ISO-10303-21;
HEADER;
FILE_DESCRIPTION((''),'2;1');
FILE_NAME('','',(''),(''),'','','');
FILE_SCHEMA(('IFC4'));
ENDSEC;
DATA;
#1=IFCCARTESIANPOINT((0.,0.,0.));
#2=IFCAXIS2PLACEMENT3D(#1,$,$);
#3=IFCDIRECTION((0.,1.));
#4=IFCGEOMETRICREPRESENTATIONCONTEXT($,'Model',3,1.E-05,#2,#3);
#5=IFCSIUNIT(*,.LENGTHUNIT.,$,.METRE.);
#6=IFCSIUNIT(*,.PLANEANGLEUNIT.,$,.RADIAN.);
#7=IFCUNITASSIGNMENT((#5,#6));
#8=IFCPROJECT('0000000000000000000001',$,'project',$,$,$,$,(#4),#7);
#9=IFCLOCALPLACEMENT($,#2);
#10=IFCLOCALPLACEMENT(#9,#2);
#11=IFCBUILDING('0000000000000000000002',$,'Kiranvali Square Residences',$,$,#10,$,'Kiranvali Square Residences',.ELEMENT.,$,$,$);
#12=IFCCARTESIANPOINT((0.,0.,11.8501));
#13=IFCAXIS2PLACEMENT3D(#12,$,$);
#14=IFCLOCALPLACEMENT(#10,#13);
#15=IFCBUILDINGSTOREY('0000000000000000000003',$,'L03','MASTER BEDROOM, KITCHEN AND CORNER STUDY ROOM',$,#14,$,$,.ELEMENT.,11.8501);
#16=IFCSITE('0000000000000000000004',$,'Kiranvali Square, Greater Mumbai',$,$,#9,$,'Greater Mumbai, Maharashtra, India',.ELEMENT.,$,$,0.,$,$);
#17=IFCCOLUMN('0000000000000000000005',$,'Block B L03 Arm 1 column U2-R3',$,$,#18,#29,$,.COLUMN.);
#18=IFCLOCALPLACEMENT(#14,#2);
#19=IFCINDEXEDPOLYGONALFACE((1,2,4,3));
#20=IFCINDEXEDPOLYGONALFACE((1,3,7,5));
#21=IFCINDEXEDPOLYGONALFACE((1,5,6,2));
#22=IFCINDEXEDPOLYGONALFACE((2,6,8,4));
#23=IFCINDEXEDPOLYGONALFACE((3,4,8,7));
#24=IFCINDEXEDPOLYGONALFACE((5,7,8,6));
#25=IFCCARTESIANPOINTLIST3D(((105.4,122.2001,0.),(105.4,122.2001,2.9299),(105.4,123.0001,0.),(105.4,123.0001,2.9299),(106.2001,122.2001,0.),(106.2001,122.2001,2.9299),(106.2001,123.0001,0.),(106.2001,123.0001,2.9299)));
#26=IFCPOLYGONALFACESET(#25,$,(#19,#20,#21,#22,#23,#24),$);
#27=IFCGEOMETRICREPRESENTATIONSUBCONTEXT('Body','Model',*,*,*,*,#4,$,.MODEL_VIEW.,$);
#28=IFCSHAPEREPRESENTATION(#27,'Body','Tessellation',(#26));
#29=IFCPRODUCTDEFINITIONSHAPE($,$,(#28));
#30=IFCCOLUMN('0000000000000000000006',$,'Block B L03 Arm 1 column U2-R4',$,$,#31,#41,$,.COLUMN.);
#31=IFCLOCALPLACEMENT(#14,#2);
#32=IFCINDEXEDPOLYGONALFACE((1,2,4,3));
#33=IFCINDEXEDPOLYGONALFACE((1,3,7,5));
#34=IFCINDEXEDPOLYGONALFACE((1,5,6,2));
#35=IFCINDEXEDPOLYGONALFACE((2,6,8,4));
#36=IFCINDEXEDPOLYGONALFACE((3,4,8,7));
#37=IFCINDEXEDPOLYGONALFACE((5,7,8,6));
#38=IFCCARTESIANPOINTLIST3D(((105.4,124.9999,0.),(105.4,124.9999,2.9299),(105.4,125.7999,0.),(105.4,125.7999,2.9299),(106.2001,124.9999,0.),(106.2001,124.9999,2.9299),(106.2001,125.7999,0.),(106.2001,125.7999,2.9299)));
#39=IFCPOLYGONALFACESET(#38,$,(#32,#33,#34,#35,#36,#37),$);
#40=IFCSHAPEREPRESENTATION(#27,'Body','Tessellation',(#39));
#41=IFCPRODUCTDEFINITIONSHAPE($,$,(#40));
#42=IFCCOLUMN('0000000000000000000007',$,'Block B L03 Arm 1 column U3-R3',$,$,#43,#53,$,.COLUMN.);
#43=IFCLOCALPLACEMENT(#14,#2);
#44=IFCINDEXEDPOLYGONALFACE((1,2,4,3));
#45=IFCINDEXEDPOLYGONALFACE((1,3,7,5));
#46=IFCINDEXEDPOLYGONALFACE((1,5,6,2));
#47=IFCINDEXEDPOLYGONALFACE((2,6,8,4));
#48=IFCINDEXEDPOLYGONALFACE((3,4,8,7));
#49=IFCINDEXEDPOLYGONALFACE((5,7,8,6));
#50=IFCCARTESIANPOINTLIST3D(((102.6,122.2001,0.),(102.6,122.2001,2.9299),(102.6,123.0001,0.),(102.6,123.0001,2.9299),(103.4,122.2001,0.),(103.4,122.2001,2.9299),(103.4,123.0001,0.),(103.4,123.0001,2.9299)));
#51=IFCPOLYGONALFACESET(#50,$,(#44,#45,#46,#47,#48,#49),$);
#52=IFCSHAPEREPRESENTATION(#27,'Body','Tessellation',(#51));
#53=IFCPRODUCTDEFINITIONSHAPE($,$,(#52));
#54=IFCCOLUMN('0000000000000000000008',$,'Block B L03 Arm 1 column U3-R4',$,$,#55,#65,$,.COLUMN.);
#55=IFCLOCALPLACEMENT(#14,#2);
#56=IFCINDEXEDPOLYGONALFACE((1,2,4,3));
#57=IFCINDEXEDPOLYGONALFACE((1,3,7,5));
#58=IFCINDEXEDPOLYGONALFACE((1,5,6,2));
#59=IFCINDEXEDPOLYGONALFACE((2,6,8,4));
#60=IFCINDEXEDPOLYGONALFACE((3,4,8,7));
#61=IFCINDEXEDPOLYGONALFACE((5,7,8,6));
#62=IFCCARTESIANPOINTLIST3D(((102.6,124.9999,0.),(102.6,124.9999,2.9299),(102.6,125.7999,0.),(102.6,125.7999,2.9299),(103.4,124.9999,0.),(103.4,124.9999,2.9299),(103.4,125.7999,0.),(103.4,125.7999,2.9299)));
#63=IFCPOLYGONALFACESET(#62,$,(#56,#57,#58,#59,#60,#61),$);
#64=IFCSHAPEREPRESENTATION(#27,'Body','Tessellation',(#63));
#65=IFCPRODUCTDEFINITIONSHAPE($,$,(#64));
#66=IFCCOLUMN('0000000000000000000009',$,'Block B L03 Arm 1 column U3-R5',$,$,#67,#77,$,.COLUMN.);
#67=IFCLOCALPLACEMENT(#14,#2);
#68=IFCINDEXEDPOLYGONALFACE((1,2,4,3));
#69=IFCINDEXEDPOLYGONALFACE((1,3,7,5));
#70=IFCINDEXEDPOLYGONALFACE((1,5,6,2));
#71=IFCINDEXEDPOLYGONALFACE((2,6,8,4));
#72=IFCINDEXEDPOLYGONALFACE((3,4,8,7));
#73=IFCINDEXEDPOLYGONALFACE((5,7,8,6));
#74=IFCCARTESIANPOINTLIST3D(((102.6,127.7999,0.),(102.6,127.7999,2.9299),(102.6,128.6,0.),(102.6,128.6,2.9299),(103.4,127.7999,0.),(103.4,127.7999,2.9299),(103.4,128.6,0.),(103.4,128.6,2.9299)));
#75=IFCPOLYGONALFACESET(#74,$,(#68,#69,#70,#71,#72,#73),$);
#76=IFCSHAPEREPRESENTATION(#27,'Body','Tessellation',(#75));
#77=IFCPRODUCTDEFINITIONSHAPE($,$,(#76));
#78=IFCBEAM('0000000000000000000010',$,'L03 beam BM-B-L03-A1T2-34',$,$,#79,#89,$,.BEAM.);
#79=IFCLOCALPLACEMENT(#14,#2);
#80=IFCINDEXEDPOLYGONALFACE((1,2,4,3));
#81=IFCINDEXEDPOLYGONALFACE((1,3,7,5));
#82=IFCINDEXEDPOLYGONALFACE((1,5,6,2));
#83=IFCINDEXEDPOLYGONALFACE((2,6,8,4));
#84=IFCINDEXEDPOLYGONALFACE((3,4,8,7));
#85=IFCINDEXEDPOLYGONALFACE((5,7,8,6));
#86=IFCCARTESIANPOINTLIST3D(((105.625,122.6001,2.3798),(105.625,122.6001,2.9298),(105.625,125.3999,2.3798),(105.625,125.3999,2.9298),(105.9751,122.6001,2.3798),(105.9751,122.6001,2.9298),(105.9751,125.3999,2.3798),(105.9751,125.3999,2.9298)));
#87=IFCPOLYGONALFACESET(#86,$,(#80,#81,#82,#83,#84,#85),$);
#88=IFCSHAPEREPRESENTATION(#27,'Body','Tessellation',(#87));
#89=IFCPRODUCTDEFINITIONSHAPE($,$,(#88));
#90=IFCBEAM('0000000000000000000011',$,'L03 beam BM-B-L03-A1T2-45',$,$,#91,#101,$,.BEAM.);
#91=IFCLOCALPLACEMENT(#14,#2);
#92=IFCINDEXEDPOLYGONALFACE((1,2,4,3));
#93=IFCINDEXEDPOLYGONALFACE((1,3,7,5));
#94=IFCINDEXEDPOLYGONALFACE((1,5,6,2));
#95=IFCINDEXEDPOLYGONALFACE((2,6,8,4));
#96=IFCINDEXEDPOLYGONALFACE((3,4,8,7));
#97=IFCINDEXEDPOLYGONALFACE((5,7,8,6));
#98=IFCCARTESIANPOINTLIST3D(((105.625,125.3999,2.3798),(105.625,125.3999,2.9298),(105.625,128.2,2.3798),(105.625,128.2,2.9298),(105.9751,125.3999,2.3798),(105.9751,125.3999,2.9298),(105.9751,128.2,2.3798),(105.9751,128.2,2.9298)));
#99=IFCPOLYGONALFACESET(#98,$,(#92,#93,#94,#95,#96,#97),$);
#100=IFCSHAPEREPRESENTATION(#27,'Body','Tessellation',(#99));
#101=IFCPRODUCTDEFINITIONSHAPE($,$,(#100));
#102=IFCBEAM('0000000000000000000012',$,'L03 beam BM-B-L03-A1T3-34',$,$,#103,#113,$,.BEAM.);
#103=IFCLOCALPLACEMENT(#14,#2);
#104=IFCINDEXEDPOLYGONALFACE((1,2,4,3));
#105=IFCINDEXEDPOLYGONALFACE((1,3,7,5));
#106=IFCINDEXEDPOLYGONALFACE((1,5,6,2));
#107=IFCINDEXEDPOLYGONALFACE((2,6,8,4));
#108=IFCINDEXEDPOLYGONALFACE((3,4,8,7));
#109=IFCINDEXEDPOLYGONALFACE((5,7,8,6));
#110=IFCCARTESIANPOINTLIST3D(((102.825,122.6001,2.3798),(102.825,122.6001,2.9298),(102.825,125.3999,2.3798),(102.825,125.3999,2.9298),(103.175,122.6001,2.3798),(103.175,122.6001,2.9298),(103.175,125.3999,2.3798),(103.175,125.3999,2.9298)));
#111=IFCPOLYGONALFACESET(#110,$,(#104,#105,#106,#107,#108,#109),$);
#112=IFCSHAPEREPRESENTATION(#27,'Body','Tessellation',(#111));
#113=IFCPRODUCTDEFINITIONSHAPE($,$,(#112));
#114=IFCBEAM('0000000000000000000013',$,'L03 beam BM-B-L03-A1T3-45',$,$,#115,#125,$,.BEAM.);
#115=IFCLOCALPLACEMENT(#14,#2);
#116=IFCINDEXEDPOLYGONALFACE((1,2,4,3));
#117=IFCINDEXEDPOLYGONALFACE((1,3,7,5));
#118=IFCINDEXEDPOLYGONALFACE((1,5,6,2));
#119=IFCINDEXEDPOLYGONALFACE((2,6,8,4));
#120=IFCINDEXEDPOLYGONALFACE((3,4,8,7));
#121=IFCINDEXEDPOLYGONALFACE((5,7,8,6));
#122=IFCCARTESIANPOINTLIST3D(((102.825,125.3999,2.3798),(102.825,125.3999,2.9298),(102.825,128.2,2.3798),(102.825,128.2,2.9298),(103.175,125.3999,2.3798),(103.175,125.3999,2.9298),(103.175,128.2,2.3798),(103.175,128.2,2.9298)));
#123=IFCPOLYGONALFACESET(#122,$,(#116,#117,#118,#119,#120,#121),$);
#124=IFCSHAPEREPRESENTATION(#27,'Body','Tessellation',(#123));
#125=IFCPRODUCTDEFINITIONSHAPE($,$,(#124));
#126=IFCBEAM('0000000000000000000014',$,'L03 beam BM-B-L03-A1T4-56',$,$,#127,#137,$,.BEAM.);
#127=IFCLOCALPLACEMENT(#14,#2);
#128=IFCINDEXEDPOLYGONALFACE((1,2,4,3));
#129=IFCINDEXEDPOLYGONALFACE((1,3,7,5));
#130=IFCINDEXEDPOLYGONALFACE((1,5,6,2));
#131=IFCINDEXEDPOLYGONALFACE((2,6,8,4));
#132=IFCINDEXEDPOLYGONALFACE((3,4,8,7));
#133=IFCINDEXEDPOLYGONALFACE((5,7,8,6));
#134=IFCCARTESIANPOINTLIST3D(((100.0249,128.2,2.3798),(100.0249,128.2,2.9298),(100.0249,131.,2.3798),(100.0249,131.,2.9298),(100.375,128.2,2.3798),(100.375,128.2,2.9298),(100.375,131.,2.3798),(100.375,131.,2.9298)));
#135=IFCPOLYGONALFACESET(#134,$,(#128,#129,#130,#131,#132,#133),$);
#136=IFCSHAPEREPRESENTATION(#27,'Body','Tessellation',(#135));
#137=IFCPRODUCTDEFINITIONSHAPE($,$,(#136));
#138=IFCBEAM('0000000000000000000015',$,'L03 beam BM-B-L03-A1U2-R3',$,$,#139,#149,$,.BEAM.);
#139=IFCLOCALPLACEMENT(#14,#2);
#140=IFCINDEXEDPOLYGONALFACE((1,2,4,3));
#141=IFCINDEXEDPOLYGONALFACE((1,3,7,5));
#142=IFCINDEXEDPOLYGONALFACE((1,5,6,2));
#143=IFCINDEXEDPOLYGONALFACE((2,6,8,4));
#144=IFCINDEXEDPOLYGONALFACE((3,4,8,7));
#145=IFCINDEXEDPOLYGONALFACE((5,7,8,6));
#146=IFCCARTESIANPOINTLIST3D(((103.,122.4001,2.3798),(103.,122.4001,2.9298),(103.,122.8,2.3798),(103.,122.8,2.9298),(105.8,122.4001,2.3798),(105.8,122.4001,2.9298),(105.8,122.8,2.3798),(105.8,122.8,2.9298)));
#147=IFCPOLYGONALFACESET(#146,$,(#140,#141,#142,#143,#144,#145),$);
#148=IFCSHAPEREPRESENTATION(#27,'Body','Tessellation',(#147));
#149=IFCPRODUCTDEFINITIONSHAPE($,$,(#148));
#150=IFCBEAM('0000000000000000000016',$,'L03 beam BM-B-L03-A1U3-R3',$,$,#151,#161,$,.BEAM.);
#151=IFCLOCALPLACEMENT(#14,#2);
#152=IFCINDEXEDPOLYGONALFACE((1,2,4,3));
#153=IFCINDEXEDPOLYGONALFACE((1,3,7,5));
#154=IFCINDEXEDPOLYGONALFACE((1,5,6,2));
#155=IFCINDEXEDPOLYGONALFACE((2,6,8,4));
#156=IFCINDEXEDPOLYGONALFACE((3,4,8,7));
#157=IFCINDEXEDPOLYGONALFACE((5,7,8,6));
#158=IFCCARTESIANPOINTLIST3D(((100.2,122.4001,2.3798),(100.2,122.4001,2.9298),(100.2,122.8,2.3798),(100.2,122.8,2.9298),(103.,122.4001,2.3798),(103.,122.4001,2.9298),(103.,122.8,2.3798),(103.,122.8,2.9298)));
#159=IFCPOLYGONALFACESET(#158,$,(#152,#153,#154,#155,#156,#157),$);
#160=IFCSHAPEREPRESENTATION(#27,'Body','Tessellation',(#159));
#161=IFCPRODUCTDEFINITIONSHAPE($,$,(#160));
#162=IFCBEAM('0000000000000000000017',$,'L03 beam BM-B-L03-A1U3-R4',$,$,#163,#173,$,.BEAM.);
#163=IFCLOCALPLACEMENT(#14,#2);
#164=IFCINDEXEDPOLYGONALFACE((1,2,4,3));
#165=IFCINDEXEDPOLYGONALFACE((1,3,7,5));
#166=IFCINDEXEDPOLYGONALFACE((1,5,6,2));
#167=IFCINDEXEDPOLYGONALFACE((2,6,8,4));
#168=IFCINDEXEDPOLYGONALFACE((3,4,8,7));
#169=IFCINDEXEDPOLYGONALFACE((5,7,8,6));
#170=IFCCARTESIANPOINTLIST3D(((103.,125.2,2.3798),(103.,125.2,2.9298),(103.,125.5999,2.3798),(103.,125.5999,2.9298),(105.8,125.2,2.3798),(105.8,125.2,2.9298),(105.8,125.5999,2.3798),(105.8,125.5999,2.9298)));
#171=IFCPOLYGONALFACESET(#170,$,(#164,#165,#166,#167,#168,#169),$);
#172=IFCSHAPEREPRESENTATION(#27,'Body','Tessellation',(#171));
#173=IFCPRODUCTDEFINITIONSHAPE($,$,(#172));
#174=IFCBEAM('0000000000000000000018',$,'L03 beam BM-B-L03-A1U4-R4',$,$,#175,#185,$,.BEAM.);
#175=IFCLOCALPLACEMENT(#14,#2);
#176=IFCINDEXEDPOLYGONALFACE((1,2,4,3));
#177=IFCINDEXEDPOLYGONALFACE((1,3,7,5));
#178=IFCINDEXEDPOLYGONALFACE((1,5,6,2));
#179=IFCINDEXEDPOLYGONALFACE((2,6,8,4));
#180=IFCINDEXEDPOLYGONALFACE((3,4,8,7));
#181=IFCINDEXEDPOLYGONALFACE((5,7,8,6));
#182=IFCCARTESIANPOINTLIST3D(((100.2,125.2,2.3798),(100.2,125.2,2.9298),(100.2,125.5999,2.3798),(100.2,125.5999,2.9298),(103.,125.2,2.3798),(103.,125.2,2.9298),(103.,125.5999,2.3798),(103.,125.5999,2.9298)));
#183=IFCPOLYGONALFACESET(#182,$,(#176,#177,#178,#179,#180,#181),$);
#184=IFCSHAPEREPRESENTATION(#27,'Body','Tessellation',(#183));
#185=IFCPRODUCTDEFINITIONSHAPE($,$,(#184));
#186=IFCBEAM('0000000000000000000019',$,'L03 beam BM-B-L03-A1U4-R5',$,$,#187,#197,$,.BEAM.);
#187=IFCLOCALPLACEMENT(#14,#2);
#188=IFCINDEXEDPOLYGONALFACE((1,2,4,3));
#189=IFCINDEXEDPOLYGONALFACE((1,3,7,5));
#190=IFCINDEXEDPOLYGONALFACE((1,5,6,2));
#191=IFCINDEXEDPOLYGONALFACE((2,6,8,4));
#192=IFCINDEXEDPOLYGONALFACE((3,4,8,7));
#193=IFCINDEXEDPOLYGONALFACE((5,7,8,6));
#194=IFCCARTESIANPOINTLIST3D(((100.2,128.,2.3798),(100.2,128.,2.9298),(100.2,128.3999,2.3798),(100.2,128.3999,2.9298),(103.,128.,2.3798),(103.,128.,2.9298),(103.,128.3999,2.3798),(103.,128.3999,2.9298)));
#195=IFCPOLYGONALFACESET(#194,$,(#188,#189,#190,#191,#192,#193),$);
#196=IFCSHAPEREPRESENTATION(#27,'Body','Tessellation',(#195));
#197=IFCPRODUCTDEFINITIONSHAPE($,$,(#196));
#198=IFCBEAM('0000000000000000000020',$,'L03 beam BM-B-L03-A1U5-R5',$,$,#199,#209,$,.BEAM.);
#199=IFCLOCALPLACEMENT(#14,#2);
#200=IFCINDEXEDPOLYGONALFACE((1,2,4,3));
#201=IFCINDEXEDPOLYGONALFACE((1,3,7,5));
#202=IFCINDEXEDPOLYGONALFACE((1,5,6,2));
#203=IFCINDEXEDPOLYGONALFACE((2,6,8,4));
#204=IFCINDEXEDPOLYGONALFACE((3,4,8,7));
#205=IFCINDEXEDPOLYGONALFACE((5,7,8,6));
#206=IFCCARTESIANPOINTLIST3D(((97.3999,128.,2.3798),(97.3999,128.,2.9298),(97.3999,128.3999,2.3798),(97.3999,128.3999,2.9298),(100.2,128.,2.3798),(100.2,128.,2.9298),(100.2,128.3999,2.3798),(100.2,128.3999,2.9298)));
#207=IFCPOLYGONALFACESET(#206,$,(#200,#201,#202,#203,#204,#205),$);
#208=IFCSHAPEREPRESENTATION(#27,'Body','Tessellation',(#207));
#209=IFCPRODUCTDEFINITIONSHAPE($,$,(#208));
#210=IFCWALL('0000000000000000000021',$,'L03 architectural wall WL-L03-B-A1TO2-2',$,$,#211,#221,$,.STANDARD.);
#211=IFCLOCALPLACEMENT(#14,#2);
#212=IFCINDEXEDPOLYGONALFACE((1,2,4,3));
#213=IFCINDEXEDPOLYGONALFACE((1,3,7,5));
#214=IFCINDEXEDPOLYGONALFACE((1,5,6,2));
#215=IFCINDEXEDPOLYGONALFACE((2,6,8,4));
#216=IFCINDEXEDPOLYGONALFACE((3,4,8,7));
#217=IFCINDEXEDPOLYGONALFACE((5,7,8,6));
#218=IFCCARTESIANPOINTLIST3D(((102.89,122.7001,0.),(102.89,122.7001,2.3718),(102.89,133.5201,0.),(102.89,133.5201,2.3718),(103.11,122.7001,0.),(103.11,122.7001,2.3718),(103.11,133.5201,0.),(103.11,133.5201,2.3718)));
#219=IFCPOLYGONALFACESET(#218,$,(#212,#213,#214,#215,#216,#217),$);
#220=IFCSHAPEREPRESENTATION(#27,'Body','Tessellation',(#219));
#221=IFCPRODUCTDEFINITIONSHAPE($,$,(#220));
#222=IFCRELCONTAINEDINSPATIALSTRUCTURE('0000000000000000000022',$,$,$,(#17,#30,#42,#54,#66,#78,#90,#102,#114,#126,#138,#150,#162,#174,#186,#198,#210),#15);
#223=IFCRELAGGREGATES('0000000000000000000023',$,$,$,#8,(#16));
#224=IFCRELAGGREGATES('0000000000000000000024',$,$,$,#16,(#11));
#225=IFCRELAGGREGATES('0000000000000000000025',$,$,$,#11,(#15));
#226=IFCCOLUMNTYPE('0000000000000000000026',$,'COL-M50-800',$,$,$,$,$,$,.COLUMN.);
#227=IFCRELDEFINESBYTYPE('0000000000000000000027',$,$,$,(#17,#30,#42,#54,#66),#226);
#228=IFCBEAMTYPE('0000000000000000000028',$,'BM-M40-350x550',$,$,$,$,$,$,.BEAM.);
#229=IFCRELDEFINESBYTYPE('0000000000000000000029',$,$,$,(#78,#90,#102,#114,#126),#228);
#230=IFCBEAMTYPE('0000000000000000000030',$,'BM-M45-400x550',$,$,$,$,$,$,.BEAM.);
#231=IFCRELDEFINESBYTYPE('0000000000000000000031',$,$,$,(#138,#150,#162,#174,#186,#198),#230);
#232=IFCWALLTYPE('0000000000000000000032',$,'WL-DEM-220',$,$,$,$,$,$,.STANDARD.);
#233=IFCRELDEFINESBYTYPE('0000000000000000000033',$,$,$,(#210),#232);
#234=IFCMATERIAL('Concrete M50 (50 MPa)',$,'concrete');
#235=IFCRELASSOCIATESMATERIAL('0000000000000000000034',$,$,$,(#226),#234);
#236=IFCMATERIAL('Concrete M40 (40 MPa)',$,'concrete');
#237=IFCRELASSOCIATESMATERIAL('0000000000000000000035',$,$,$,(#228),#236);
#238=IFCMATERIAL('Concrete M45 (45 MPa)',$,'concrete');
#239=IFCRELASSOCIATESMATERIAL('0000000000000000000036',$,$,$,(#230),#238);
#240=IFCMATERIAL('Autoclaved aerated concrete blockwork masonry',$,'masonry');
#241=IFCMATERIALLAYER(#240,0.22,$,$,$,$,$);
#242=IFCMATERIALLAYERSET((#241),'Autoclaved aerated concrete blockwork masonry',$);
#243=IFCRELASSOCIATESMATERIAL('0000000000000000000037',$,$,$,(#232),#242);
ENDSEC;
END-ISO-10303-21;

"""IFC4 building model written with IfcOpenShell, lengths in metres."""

from ifc_helpers import new_model, si_unit, direction, frame, frame_2d, origin, origin_2d, place, context, subcontext, project, spatial, rectangle, extrude, material, layer, layer_set, material_profile, profile_set, type_object, element, save


model = new_model("IFC4")

# Units and contexts
model_context = context("Model", 3, precision=1e-05, world=origin(), true_north=direction((0.0, 1.0)))
body_context = subcontext(model_context, "Body", "Model", "MODEL_VIEW")
ifc_project = project(units=[si_unit("LENGTHUNIT", "METRE"), si_unit("PLANEANGLEUNIT", "RADIAN")], contexts=[model_context])

# Site, building, storey
site_placement = place(None, origin())
site = spatial("IfcSite", under=ifc_project, at=site_placement, Name="Kiranvali Square, Greater Mumbai", LongName="Greater Mumbai, Maharashtra, India", CompositionType="ELEMENT", RefElevation=0.0)
building_placement = place(site_placement, origin())
building = spatial("IfcBuilding", under=site, at=building_placement, Name="Kiranvali Square Residences", LongName="Kiranvali Square Residences", CompositionType="ELEMENT")
storey_placement = place(building_placement, frame((0.0, 0.0, 11.8501)))
storey = spatial("IfcBuildingStorey", under=building, at=storey_placement, Name="L03", Description="MASTER BEDROOM, KITCHEN AND CORNER STUDY ROOM", CompositionType="ELEMENT", Elevation=11.8501)

# Columns
ifc_material_1 = material(Name="Concrete M50 (50 MPa)", Category="concrete")
ifc_material_profile_1 = material_profile(ifc_material_1, rectangle(XDim=0.8, YDim=0.8, at=origin_2d()), Name="RC 800x800")
ifc_profile_set_1 = profile_set([ifc_material_profile_1], Name="Concrete M50 (50 MPa)")
column_type = type_object("IfcColumnType", Name="COL-M50-800", PredefinedType="COLUMN", material=ifc_profile_set_1)
for number, where, z_axis, x_axis, name in (
    (1, (105.8, 122.6001, 0.0), (0.0, 0.0, 1.0), (1.0, 0.0, 0.0), "Block B L03 Arm 1 column U2-R3"),
    (2, (105.8, 125.3999, 0.0), (0.0, 0.0, 1.0), (1.0, 0.0, 0.0), "Block B L03 Arm 1 column U2-R4"),
    (3, (103.0, 122.6001, 0.0), (0.0, 0.0, 1.0), (1.0, 0.0, 0.0), "Block B L03 Arm 1 column U3-R3"),
    (4, (103.0, 125.3999, 0.0), (0.0, 0.0, 1.0), (1.0, 0.0, 0.0), "Block B L03 Arm 1 column U3-R4"),
    (5, (103.0, 128.2, 0.0), (0.0, 0.0, 1.0), (1.0, 0.0, 0.0), "Block B L03 Arm 1 column U3-R5"),
):
    element("IfcColumn", number, at=place(storey_placement, frame(where, z_axis=z_axis, x_axis=x_axis)), inside=storey, type_object=column_type, Name=name, PredefinedType="COLUMN", context=body_context, shape_type="SweptSolid", body=[
        extrude(rectangle(XDim=0.8, YDim=0.8, at=origin_2d()), origin(), (0.0, 0.0, 1.0), 2.9299),
    ])

# Beams
ifc_material_2 = material(Name="Concrete M40 (40 MPa)", Category="concrete")
ifc_material_profile_2 = material_profile(ifc_material_2, rectangle(XDim=0.3501, YDim=0.55, at=origin_2d()), Name="RC 350x550")
ifc_profile_set_2 = profile_set([ifc_material_profile_2], Name="Concrete M40 (40 MPa)")
beam_type_1 = type_object("IfcBeamType", Name="BM-M40-350x550", PredefinedType="BEAM", material=ifc_profile_set_2)
beam_1_placement = place(storey_placement, frame((105.8, 122.6001, 2.6548), z_axis=(0.0, 1.0, 0.0), x_axis=(-1.0, 0.0, 0.0)))
element("IfcBeam", 6, at=beam_1_placement, inside=storey, type_object=beam_type_1, Name="L03 beam BM-B-L03-A1T2-34", PredefinedType="BEAM", context=body_context, shape_type="SweptSolid", body=[
    extrude(rectangle(XDim=0.3501, YDim=0.55, at=origin_2d()), origin(), (0.0, 0.0, 1.0), 2.7998),
])
beam_2_placement = place(storey_placement, frame((105.8, 125.3999, 2.6548), z_axis=(0.0, 1.0, 0.0), x_axis=(-1.0, 0.0, 0.0)))
element("IfcBeam", 7, at=beam_2_placement, inside=storey, type_object=beam_type_1, Name="L03 beam BM-B-L03-A1T2-45", PredefinedType="BEAM", context=body_context, shape_type="SweptSolid", body=[
    extrude(rectangle(XDim=0.3501, YDim=0.55, at=origin_2d()), origin(), (0.0, 0.0, 1.0), 2.8),
])
beam_3_placement = place(storey_placement, frame((103.0, 122.6001, 2.6548), z_axis=(0.0, 1.0, 0.0), x_axis=(-1.0, 0.0, 0.0)))
element("IfcBeam", 8, at=beam_3_placement, inside=storey, type_object=beam_type_1, Name="L03 beam BM-B-L03-A1T3-34", PredefinedType="BEAM", context=body_context, shape_type="SweptSolid", body=[
    extrude(rectangle(XDim=0.3501, YDim=0.55, at=origin_2d()), origin(), (0.0, 0.0, 1.0), 2.7998),
])
for number, where, z_axis, x_axis, name in (
    (9, (103.0, 125.3999, 2.6548), (0.0, 1.0, 0.0), (-1.0, 0.0, 0.0), "L03 beam BM-B-L03-A1T3-45"),
    (10, (100.2, 128.2, 2.6548), (0.0, 1.0, 0.0), (-1.0, 0.0, 0.0), "L03 beam BM-B-L03-A1T4-56"),
):
    element("IfcBeam", number, at=place(storey_placement, frame(where, z_axis=z_axis, x_axis=x_axis)), inside=storey, type_object=beam_type_1, Name=name, PredefinedType="BEAM", context=body_context, shape_type="SweptSolid", body=[
        extrude(rectangle(XDim=0.3501, YDim=0.55, at=origin_2d()), origin(), (0.0, 0.0, 1.0), 2.8),
    ])
ifc_material_3 = material(Name="Concrete M45 (45 MPa)", Category="concrete")
ifc_material_profile_3 = material_profile(ifc_material_3, rectangle(XDim=0.3999, YDim=0.55, at=origin_2d()), Name="RC 400x550")
ifc_profile_set_3 = profile_set([ifc_material_profile_3], Name="Concrete M45 (45 MPa)")
beam_type_2 = type_object("IfcBeamType", Name="BM-M45-400x550", PredefinedType="BEAM", material=ifc_profile_set_3)
for number, where, z_axis, x_axis, name in (
    (11, (105.8, 122.6001, 2.6548), (-1.0, 0.0, 0.0), (0.0, -1.0, 0.0), "L03 beam BM-B-L03-A1U2-R3"),
    (12, (103.0, 122.6001, 2.6548), (-1.0, 0.0, 0.0), (0.0, -1.0, 0.0), "L03 beam BM-B-L03-A1U3-R3"),
    (13, (105.8, 125.3999, 2.6548), (-1.0, 0.0, 0.0), (0.0, -1.0, 0.0), "L03 beam BM-B-L03-A1U3-R4"),
    (14, (103.0, 125.3999, 2.6548), (-1.0, 0.0, 0.0), (0.0, -1.0, 0.0), "L03 beam BM-B-L03-A1U4-R4"),
    (15, (103.0, 128.2, 2.6548), (-1.0, 0.0, 0.0), (0.0, -1.0, 0.0), "L03 beam BM-B-L03-A1U4-R5"),
    (16, (100.2, 128.2, 2.6548), (-1.0, 0.0, 0.0), (0.0, -1.0, 0.0), "L03 beam BM-B-L03-A1U5-R5"),
):
    element("IfcBeam", number, at=place(storey_placement, frame(where, z_axis=z_axis, x_axis=x_axis)), inside=storey, type_object=beam_type_2, Name=name, PredefinedType="BEAM", context=body_context, shape_type="SweptSolid", body=[
        extrude(rectangle(XDim=0.3999, YDim=0.55, at=origin_2d()), origin(), (0.0, 0.0, 1.0), 2.8),
    ])

# Wall
ifc_material_4 = material(Name="Autoclaved aerated concrete blockwork masonry", Category="masonry")
ifc_layer_1 = layer(ifc_material_4, 0.22)
ifc_layer_set_1 = layer_set([ifc_layer_1], Name="Autoclaved aerated concrete blockwork masonry")
wall_type_1 = type_object("IfcWallType", Name="WL-DEM-220", PredefinedType="STANDARD", material=ifc_layer_set_1)
wall_1_placement = place(storey_placement, frame((103.0, 122.7, 0.0), z_axis=(0.0, 0.0, 1.0), x_axis=(0.0, 1.0, 0.0)))
element("IfcWall", 17, at=wall_1_placement, inside=storey, type_object=wall_type_1, Name="L03 architectural wall WL-L03-B-A1TO2-2", PredefinedType="STANDARD", context=body_context, shape_type="SweptSolid", body=[
    extrude(rectangle(XDim=10.8201, YDim=0.22, at=frame_2d((5.4102, 0.0))), origin(), (0.0, 0.0, 1.0), 2.3718),
])

save(model, "model.ifc")
